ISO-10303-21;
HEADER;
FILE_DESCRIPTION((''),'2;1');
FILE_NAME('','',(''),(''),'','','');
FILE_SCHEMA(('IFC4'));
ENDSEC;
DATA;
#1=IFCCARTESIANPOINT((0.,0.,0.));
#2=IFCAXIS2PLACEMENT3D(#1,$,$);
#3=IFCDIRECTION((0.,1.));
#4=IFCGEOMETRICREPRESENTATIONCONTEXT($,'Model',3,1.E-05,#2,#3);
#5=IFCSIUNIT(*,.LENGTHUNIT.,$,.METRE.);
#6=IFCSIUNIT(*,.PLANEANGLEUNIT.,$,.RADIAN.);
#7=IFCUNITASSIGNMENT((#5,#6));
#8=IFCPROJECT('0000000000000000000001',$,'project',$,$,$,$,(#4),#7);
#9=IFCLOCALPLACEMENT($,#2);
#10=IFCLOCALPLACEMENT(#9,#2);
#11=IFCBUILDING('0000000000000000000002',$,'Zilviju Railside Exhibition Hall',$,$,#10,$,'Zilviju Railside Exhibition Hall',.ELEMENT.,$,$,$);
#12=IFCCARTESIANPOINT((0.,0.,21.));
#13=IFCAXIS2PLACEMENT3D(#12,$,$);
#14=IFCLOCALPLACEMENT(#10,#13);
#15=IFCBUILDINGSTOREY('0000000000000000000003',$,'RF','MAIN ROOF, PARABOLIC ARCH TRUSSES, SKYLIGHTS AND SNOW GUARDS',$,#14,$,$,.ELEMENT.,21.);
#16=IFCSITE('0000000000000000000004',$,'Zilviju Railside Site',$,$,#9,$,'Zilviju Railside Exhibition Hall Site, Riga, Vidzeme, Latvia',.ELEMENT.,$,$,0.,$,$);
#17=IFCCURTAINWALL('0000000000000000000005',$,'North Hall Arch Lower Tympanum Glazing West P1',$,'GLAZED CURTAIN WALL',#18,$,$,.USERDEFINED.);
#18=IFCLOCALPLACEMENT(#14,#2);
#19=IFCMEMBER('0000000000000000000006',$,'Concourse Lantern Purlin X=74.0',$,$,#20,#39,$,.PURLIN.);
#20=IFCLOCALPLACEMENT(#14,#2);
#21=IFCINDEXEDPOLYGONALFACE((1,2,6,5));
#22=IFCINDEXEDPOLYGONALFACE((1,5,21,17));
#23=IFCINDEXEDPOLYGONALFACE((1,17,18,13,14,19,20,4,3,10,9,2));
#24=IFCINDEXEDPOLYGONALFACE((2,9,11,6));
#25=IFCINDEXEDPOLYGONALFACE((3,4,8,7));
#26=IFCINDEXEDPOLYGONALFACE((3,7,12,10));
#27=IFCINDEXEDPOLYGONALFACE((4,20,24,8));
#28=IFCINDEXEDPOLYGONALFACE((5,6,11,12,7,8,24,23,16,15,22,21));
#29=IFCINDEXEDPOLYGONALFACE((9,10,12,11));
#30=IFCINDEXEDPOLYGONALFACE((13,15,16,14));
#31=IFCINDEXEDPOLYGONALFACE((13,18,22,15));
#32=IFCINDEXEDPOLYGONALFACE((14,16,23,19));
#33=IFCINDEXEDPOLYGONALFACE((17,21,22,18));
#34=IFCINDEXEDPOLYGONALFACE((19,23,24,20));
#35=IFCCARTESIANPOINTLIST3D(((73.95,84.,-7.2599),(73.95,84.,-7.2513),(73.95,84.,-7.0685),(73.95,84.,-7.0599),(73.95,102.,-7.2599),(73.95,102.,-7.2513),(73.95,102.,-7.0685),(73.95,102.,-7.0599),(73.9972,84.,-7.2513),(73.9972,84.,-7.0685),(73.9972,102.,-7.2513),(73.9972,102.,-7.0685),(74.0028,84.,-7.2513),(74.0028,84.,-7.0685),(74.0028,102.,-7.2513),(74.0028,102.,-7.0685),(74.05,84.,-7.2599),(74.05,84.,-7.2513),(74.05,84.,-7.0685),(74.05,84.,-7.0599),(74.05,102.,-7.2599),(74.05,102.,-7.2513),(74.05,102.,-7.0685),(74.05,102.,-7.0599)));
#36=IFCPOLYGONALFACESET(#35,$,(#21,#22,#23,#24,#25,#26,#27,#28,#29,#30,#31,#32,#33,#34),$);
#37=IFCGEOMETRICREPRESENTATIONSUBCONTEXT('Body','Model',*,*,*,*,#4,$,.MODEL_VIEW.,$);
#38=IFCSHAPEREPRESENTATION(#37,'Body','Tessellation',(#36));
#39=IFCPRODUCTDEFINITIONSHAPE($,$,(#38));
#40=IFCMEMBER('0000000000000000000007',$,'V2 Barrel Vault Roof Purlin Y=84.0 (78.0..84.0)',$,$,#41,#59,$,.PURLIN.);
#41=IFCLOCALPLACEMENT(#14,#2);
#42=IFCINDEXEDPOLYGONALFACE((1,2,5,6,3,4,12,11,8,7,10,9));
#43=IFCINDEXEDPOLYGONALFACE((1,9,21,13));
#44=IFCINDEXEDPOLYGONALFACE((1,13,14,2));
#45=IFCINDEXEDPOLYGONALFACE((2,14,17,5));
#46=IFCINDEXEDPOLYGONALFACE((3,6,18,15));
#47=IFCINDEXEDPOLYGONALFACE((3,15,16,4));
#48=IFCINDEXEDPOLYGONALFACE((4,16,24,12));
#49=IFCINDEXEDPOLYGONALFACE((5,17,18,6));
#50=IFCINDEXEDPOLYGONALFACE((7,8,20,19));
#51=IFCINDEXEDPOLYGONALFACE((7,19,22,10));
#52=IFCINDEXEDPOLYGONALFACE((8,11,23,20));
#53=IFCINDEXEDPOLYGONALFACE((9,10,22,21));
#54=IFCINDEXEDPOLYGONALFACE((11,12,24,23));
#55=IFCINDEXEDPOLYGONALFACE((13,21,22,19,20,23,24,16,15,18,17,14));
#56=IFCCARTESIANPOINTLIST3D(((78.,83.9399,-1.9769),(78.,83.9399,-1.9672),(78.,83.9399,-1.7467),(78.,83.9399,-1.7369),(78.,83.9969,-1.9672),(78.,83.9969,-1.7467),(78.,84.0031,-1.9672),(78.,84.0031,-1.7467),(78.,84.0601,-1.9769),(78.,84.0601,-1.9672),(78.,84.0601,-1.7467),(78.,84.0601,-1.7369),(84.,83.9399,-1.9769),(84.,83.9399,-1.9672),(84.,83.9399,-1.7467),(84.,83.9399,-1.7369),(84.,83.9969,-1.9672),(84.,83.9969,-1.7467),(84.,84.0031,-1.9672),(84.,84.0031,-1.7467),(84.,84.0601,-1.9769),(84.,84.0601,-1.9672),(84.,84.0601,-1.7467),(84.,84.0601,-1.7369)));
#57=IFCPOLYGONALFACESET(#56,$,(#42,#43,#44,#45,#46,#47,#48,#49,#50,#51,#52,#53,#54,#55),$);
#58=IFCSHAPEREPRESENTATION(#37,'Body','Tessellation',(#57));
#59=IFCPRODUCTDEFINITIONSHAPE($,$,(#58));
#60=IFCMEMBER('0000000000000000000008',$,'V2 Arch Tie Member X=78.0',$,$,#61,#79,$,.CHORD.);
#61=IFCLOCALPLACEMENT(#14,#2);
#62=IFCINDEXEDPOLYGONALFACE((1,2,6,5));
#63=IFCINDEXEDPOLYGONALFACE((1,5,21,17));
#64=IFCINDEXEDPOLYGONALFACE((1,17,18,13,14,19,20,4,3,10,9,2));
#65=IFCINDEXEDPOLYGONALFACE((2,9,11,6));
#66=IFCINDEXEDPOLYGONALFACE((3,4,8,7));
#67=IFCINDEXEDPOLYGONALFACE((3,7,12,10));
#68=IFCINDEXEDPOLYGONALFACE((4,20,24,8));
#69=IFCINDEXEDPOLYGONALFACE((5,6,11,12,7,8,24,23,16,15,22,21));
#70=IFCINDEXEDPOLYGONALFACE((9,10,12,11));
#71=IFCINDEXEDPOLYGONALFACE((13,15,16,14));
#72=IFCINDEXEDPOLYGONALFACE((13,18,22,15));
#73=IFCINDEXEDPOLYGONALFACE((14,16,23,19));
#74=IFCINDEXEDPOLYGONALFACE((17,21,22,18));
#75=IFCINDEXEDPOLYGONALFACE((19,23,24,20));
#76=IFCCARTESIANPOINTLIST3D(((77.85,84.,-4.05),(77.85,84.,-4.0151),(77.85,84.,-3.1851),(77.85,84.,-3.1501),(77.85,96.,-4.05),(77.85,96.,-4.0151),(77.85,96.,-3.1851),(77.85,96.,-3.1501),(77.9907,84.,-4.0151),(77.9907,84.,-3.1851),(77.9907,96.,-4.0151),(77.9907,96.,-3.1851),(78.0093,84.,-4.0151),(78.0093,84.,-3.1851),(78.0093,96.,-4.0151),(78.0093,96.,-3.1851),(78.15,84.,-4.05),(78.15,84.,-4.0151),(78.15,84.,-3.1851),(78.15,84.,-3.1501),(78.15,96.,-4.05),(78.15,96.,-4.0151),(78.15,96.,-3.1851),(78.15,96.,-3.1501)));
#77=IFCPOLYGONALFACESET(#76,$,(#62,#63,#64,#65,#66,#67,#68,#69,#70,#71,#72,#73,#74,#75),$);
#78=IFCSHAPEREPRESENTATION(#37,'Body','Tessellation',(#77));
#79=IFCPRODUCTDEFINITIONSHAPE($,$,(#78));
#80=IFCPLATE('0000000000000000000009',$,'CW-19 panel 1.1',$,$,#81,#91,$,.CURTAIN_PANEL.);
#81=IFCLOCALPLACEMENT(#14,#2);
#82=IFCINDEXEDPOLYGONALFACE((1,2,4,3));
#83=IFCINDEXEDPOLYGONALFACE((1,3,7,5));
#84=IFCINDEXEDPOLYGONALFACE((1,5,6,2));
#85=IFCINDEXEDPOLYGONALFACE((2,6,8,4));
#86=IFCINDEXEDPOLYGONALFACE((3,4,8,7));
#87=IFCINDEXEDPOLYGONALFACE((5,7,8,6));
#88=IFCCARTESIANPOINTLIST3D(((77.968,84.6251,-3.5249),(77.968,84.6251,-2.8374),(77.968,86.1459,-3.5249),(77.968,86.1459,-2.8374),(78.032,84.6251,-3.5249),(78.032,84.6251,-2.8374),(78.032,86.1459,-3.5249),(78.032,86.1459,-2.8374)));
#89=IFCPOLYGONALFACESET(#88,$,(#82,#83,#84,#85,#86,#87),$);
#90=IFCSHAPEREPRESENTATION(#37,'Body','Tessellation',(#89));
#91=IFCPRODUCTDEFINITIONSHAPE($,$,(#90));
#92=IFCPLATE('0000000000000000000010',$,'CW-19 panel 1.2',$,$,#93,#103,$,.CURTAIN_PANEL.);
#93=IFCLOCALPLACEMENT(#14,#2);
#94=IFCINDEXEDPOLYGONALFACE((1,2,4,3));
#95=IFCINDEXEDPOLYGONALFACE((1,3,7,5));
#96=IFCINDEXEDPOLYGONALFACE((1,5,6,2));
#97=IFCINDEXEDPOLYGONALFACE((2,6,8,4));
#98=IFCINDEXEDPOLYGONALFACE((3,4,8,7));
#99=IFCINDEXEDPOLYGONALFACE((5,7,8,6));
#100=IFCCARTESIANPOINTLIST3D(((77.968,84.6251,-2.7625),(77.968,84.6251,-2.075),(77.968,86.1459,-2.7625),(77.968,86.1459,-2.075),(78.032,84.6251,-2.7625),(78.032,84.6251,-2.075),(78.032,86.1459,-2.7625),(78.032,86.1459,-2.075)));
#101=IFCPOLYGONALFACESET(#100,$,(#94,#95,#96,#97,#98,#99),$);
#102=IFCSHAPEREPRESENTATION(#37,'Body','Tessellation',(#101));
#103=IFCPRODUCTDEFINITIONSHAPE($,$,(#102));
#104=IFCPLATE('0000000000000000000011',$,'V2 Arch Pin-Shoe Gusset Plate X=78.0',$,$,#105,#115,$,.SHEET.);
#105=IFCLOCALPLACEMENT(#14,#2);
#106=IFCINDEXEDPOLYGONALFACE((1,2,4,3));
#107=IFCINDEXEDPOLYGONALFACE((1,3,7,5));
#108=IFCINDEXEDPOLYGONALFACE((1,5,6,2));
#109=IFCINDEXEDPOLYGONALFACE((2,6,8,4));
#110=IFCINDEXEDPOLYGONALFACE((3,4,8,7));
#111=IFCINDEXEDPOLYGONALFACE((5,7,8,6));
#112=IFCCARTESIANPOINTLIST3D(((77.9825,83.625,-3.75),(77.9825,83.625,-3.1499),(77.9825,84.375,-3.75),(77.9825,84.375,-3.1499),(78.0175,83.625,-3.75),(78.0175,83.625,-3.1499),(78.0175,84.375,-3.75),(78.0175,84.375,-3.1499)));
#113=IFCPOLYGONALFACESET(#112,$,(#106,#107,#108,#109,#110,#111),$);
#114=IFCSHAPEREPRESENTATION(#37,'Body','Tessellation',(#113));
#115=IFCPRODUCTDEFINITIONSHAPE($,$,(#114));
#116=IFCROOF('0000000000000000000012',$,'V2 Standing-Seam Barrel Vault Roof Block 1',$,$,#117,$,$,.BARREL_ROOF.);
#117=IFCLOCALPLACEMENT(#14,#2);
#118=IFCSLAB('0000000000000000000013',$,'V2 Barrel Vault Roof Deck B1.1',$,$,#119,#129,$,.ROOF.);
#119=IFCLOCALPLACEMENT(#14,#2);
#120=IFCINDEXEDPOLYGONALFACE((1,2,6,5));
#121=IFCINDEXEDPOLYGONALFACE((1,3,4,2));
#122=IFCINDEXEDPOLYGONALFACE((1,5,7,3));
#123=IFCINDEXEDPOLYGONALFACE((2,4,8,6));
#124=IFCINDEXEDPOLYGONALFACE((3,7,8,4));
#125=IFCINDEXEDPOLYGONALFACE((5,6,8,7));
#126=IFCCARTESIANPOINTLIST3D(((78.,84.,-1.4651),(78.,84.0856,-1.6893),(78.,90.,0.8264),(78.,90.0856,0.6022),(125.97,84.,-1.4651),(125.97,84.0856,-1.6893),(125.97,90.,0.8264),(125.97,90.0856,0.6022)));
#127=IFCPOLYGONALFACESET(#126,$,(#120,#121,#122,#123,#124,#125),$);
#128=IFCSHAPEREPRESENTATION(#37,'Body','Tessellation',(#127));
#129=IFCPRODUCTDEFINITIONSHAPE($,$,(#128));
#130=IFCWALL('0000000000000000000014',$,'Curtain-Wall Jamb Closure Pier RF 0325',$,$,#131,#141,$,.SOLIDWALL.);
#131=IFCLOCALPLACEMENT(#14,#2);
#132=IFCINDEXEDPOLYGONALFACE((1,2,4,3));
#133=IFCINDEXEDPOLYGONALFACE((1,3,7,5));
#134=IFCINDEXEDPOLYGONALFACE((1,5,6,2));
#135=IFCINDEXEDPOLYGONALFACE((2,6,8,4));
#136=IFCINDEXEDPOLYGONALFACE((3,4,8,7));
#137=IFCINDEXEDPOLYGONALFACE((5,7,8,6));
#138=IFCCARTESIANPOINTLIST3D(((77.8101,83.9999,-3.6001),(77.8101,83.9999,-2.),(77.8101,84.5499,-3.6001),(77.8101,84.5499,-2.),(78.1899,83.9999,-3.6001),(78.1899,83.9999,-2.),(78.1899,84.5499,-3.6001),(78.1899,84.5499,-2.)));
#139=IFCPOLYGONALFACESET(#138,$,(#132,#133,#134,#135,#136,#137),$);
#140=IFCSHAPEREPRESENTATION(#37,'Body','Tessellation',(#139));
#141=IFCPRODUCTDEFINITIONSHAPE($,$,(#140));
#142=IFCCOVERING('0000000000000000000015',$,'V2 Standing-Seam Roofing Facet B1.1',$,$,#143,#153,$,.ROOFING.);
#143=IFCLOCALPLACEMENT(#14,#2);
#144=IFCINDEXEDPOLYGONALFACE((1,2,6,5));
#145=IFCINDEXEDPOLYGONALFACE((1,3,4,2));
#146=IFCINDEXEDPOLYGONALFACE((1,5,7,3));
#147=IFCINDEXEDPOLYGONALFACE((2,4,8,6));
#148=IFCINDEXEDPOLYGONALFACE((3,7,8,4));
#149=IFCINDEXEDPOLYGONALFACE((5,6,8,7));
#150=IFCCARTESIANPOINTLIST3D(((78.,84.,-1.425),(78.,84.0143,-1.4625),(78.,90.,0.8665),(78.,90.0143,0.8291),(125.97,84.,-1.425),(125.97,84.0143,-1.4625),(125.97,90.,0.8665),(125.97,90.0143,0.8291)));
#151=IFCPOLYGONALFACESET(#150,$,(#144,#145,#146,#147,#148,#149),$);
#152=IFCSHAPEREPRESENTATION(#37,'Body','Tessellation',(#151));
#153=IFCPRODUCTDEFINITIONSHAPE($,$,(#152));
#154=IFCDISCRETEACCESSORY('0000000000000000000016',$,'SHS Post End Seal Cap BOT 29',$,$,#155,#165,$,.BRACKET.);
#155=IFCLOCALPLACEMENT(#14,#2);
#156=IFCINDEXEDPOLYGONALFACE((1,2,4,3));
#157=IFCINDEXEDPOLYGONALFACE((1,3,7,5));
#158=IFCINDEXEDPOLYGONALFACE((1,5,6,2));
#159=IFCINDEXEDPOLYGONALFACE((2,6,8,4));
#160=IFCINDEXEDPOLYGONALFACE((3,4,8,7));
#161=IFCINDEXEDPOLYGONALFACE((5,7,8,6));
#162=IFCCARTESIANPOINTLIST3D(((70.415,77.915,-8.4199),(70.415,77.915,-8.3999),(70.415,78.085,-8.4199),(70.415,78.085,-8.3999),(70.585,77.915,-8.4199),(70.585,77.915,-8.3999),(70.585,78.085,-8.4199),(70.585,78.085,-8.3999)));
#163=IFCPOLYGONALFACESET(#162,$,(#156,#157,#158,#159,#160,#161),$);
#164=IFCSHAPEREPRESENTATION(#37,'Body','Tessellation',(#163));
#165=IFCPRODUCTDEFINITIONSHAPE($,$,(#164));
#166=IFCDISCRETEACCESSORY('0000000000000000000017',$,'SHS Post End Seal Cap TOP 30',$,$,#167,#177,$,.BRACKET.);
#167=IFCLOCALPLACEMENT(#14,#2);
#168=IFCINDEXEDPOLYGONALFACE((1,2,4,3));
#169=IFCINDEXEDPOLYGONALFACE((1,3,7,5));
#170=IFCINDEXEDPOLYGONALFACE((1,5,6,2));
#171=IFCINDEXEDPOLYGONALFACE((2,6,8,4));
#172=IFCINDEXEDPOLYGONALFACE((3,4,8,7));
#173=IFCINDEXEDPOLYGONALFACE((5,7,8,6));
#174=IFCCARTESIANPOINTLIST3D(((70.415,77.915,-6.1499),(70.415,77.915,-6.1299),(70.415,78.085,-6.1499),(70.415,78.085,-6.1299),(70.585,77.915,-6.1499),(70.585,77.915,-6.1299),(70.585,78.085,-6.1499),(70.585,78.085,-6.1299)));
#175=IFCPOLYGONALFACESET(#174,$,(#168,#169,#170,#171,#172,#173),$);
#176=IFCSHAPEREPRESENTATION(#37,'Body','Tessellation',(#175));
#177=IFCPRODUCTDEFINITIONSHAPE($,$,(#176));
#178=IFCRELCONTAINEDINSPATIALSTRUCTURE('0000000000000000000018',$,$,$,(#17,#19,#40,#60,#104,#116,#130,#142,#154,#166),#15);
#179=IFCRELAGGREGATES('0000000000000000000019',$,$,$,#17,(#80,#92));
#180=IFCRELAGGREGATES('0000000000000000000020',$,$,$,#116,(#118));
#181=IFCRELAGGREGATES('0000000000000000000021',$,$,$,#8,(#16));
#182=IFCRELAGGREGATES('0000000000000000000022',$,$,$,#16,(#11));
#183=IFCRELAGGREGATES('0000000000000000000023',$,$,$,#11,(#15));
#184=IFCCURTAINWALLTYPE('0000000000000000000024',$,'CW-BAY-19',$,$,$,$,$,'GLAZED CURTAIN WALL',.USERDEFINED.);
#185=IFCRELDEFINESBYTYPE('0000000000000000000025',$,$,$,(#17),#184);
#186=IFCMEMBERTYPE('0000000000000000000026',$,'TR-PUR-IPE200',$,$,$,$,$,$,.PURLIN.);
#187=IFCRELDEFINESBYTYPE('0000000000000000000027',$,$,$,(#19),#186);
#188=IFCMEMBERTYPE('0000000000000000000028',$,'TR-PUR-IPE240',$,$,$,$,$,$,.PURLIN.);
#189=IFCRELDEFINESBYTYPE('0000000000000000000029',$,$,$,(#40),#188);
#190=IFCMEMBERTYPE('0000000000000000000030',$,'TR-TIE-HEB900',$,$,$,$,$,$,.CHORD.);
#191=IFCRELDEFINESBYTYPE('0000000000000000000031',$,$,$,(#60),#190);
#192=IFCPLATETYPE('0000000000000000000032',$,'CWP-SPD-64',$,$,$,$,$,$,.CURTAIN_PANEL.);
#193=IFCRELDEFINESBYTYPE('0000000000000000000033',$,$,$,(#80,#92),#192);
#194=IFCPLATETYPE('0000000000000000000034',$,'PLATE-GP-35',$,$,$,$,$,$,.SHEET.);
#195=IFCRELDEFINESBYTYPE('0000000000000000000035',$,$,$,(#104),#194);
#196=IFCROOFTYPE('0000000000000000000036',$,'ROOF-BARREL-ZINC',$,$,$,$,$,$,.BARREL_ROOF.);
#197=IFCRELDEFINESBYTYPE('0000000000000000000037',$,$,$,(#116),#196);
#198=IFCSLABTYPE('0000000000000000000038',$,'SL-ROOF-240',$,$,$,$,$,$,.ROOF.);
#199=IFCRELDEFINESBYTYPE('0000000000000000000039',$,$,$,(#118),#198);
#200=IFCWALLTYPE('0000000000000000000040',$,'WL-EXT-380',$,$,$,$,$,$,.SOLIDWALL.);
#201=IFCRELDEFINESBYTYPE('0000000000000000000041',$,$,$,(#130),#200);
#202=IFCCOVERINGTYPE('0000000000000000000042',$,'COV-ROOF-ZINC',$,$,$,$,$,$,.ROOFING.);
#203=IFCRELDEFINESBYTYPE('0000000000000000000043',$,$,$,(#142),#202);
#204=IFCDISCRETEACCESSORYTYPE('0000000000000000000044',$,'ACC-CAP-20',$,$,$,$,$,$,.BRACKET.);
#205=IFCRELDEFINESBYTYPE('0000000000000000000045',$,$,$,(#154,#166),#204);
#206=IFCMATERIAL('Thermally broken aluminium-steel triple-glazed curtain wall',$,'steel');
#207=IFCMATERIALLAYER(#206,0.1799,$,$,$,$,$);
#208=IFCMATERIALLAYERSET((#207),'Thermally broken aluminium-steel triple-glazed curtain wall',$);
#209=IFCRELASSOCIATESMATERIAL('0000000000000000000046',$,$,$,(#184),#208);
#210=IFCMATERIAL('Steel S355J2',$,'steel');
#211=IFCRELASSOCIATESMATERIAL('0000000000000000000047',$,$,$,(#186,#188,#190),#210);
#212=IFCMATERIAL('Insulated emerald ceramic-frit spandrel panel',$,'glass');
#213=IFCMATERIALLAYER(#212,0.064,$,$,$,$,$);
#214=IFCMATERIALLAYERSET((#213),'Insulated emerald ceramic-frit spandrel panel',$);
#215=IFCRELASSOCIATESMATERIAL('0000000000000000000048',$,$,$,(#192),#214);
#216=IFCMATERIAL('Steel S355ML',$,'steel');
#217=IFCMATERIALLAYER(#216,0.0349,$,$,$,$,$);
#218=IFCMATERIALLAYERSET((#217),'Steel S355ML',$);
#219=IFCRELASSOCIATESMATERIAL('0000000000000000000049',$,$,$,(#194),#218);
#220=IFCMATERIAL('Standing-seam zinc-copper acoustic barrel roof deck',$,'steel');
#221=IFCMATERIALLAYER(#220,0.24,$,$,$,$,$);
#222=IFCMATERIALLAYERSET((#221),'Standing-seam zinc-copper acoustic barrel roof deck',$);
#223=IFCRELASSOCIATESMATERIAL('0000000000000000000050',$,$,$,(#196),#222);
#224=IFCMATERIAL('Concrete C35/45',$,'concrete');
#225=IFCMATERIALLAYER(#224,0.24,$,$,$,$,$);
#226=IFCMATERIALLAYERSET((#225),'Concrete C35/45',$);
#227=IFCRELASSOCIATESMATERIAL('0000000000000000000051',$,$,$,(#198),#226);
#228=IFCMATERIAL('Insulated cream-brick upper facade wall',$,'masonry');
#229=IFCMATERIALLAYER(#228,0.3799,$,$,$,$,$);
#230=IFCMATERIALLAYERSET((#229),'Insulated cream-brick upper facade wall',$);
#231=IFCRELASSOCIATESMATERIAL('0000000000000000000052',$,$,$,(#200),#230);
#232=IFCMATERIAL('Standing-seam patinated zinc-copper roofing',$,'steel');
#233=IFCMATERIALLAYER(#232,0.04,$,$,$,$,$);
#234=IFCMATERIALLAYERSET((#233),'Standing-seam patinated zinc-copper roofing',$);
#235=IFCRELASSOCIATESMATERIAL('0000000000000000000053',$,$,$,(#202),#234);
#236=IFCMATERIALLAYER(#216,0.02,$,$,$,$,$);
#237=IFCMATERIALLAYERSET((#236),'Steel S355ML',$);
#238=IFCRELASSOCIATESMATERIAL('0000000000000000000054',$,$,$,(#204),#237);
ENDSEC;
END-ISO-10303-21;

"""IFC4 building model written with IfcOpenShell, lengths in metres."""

from ifc_helpers import new_model, si_unit, direction, frame, frame_2d, origin, origin_2d, place, context, subcontext, project, spatial, polyline, rectangle, i_section, outline, extrude, material, layer, layer_set, material_profile, profile_set, type_object, element, aggregate, save


model = new_model("IFC4")

# Units and contexts
model_context = context("Model", 3, precision=1e-05, world=origin(), true_north=direction((0.0, 1.0)))
body_context = subcontext(model_context, "Body", "Model", "MODEL_VIEW")
ifc_project = project(units=[si_unit("LENGTHUNIT", "METRE"), si_unit("PLANEANGLEUNIT", "RADIAN")], contexts=[model_context])

# Site, building, storey
site_placement = place(None, origin())
site = spatial("IfcSite", under=ifc_project, at=site_placement, Name="Zilviju Railside Site", LongName="Zilviju Railside Exhibition Hall Site, Riga, Vidzeme, Latvia", CompositionType="ELEMENT", RefElevation=0.0)
building_placement = place(site_placement, origin())
building = spatial("IfcBuilding", under=site, at=building_placement, Name="Zilviju Railside Exhibition Hall", LongName="Zilviju Railside Exhibition Hall", CompositionType="ELEMENT")
storey_placement = place(building_placement, frame((0.0, 0.0, 21.0)))
storey = spatial("IfcBuildingStorey", under=building, at=storey_placement, Name="RF", Description="MAIN ROOF, PARABOLIC ARCH TRUSSES, SKYLIGHTS AND SNOW GUARDS", CompositionType="ELEMENT", Elevation=21.0)

# Curtain wall
ifc_material_1 = material(Name="Thermally broken aluminium-steel triple-glazed curtain wall", Category="steel")
ifc_layer_1 = layer(ifc_material_1, 0.1799)
ifc_layer_set_1 = layer_set([ifc_layer_1], Name="Thermally broken aluminium-steel triple-glazed curtain wall")
curtain_wall_type = type_object("IfcCurtainWallType", Name="CW-BAY-19", ElementType="GLAZED CURTAIN WALL", PredefinedType="USERDEFINED", material=ifc_layer_set_1)
curtain_wall_placement = place(storey_placement, origin())
curtain_wall = element("IfcCurtainWall", 1, at=curtain_wall_placement, inside=storey, type_object=curtain_wall_type, Name="North Hall Arch Lower Tympanum Glazing West P1", ObjectType="GLAZED CURTAIN WALL", PredefinedType="USERDEFINED")

# Members
ifc_material_2 = material(Name="Steel S355J2", Category="steel")
ifc_material_3 = material(Name="Steel S355ML", Category="steel")
ifc_material_profile_1 = material_profile(ifc_material_2, i_section(OverallWidth=0.1001, OverallDepth=0.2, WebThickness=0.0056, FlangeThickness=0.0085, at=origin_2d()), Name="IPE 200")
ifc_profile_set_1 = profile_set([ifc_material_profile_1], Name="Steel S355J2")
member_type_1 = type_object("IfcMemberType", Name="TR-PUR-IPE200", PredefinedType="PURLIN", material=ifc_profile_set_1)
member_1_placement = place(storey_placement, frame((74.0, 84.0, -7.1599), z_axis=(0.0, 1.0, 0.0), x_axis=(-1.0, 0.0, 0.0)))
element("IfcMember", 2, at=member_1_placement, inside=storey, type_object=member_type_1, Name="Concourse Lantern Purlin X=74.0", PredefinedType="PURLIN", context=body_context, shape_type="SweptSolid", body=[
    extrude(i_section(OverallWidth=0.1001, OverallDepth=0.2, WebThickness=0.0056, FlangeThickness=0.0085, at=origin_2d()), origin(), (0.0, 0.0, 1.0), 18.0),
])
ifc_material_profile_2 = material_profile(ifc_material_2, i_section(OverallWidth=0.1201, OverallDepth=0.24, WebThickness=0.0061, FlangeThickness=0.0098, at=origin_2d()), Name="IPE 240")
ifc_profile_set_2 = profile_set([ifc_material_profile_2], Name="Steel S355J2")
member_type_2 = type_object("IfcMemberType", Name="TR-PUR-IPE240", PredefinedType="PURLIN", material=ifc_profile_set_2)
member_2_placement = place(storey_placement, frame((78.0, 84.0, -1.8569), z_axis=(1.0, 0.0, 0.0), x_axis=(0.0, 1.0, 0.0)))
element("IfcMember", 3, at=member_2_placement, inside=storey, type_object=member_type_2, Name="V2 Barrel Vault Roof Purlin Y=84.0 (78.0..84.0)", PredefinedType="PURLIN", context=body_context, shape_type="SweptSolid", body=[
    extrude(i_section(OverallWidth=0.1201, OverallDepth=0.24, WebThickness=0.0061, FlangeThickness=0.0098, at=origin_2d()), origin(), (0.0, 0.0, 1.0), 6.0),
])
ifc_material_profile_3 = material_profile(ifc_material_2, i_section(OverallWidth=0.3, OverallDepth=0.8999, WebThickness=0.0186, FlangeThickness=0.0349, at=origin_2d()), Name="HEB 900")
ifc_profile_set_3 = profile_set([ifc_material_profile_3], Name="Steel S355J2")
member_type_3 = type_object("IfcMemberType", Name="TR-TIE-HEB900", PredefinedType="CHORD", material=ifc_profile_set_3)
member_3_placement = place(storey_placement, frame((78.0, 84.0, -3.6001), z_axis=(0.0, 1.0, 0.0), x_axis=(-1.0, 0.0, 0.0)))
element("IfcMember", 4, at=member_3_placement, inside=storey, type_object=member_type_3, Name="V2 Arch Tie Member X=78.0", PredefinedType="CHORD", context=body_context, shape_type="SweptSolid", body=[
    extrude(i_section(OverallWidth=0.3, OverallDepth=0.8999, WebThickness=0.0186, FlangeThickness=0.0349, at=origin_2d()), origin(), (0.0, 0.0, 1.0), 12.0),
])

# Plates
ifc_material_4 = material(Name="Insulated emerald ceramic-frit spandrel panel", Category="glass")
ifc_layer_2 = layer(ifc_material_4, 0.064)
ifc_layer_set_2 = layer_set([ifc_layer_2], Name="Insulated emerald ceramic-frit spandrel panel")
plate_type_1 = type_object("IfcPlateType", Name="CWP-SPD-64", PredefinedType="CURTAIN_PANEL", material=ifc_layer_set_2)
plate_1_placement = place(storey_placement, frame((78.0, 85.3855, -3.5249), z_axis=(0.0, 0.0, 1.0), x_axis=(0.0, 1.0, 0.0)))
plate_1 = element("IfcPlate", 5, at=plate_1_placement, type_object=plate_type_1, Name="CW-19 panel 1.1", PredefinedType="CURTAIN_PANEL", context=body_context, shape_type="SweptSolid", body=[
    extrude(rectangle(XDim=1.5208, YDim=0.064, at=origin_2d()), origin(), (0.0, 0.0, 1.0), 0.6875),
])
plate_2_placement = place(storey_placement, frame((78.0, 85.3855, -2.7625), z_axis=(0.0, 0.0, 1.0), x_axis=(0.0, 1.0, 0.0)))
plate_2 = element("IfcPlate", 6, at=plate_2_placement, type_object=plate_type_1, Name="CW-19 panel 1.2", PredefinedType="CURTAIN_PANEL", context=body_context, shape_type="SweptSolid", body=[
    extrude(rectangle(XDim=1.5208, YDim=0.064, at=origin_2d()), origin(), (0.0, 0.0, 1.0), 0.6875),
])
aggregate(curtain_wall, [plate_1, plate_2])
ifc_layer_3 = layer(ifc_material_3, 0.0349)
ifc_layer_set_3 = layer_set([ifc_layer_3], Name="Steel S355ML")
plate_type_2 = type_object("IfcPlateType", Name="PLATE-GP-35", PredefinedType="SHEET", material=ifc_layer_set_3)
plate_3_placement = place(storey_placement, frame((78.0, 84.0, -3.75), z_axis=(0.0, 0.0, 1.0), x_axis=(1.0, 0.0, 0.0)))
element("IfcPlate", 7, at=plate_3_placement, inside=storey, type_object=plate_type_2, Name="V2 Arch Pin-Shoe Gusset Plate X=78.0", PredefinedType="SHEET", context=body_context, shape_type="SweptSolid", body=[
    extrude(rectangle(XDim=0.0349, YDim=0.75, at=origin_2d()), origin(), (0.0, 0.0, 1.0), 0.6001),
])

# Roof, slab
ifc_material_5 = material(Name="Standing-seam zinc-copper acoustic barrel roof deck", Category="steel")
ifc_layer_4 = layer(ifc_material_5, 0.24)
ifc_layer_set_4 = layer_set([ifc_layer_4], Name="Standing-seam zinc-copper acoustic barrel roof deck")
roof_type = type_object("IfcRoofType", Name="ROOF-BARREL-ZINC", PredefinedType="BARREL_ROOF", material=ifc_layer_set_4)
roof_placement = place(storey_placement, origin())
roof = element("IfcRoof", 8, at=roof_placement, inside=storey, type_object=roof_type, Name="V2 Standing-Seam Barrel Vault Roof Block 1", PredefinedType="BARREL_ROOF")
ifc_material_6 = material(Name="Concrete C35/45", Category="concrete")
ifc_layer_5 = layer(ifc_material_6, 0.24)
ifc_layer_set_5 = layer_set([ifc_layer_5], Name="Concrete C35/45")
slab_type = type_object("IfcSlabType", Name="SL-ROOF-240", PredefinedType="ROOF", material=ifc_layer_set_5)
slab_placement = place(storey_placement, frame((78.0, 84.0, -1.4651), z_axis=(0.0, -0.356782, 0.934188), x_axis=(1.0, 0.0, 0.0)))
slab = element("IfcSlab", 9, at=slab_placement, type_object=slab_type, Name="V2 Barrel Vault Roof Deck B1.1", PredefinedType="ROOF", context=body_context, shape_type="SweptSolid", body=[
    extrude(outline(polyline([(0.0, 0.0), (47.97, 0.0), (47.97, 6.4227), (0.0, 6.4227), (0.0, 0.0)])), origin(), (0.0, 0.0, -1.0), 0.24),
])
aggregate(roof, [slab])

# Wall
ifc_material_7 = material(Name="Insulated cream-brick upper facade wall", Category="masonry")
ifc_layer_6 = layer(ifc_material_7, 0.3799)
ifc_layer_set_6 = layer_set([ifc_layer_6], Name="Insulated cream-brick upper facade wall")
wall_type = type_object("IfcWallType", Name="WL-EXT-380", PredefinedType="SOLIDWALL", material=ifc_layer_set_6)
wall_placement = place(storey_placement, frame((78.0, 84.0, -3.6001), z_axis=(0.0, 0.0, 1.0), x_axis=(0.0, 1.0, 0.0)))
element("IfcWall", 10, at=wall_placement, inside=storey, type_object=wall_type, Name="Curtain-Wall Jamb Closure Pier RF 0325", PredefinedType="SOLIDWALL", context=body_context, shape_type="SweptSolid", body=[
    extrude(rectangle(XDim=0.55, YDim=0.3799, at=frame_2d((0.2749, 0.0))), origin(), (0.0, 0.0, 1.0), 1.6001),
])

# Covering
ifc_material_8 = material(Name="Standing-seam patinated zinc-copper roofing", Category="steel")
ifc_layer_7 = layer(ifc_material_8, 0.04)
ifc_layer_set_7 = layer_set([ifc_layer_7], Name="Standing-seam patinated zinc-copper roofing")
covering_type = type_object("IfcCoveringType", Name="COV-ROOF-ZINC", PredefinedType="ROOFING", material=ifc_layer_set_7)
covering_placement = place(storey_placement, frame((78.0, 84.0, -1.425), z_axis=(0.0, -0.356782, 0.934188), x_axis=(1.0, 0.0, 0.0)))
element("IfcCovering", 11, at=covering_placement, inside=storey, type_object=covering_type, Name="V2 Standing-Seam Roofing Facet B1.1", PredefinedType="ROOFING", context=body_context, shape_type="SweptSolid", body=[
    extrude(outline(polyline([(0.0, 0.0), (47.97, 0.0), (47.97, 6.4227), (0.0, 6.4227), (0.0, 0.0)])), origin(), (0.0, 0.0, -1.0), 0.04),
])

# Discrete accessories
ifc_layer_8 = layer(ifc_material_3, 0.02)
ifc_layer_set_8 = layer_set([ifc_layer_8], Name="Steel S355ML")
discrete_accessory_type = type_object("IfcDiscreteAccessoryType", Name="ACC-CAP-20", PredefinedType="BRACKET", material=ifc_layer_set_8)
for number, where, z_axis, x_axis, name in (
    (12, (70.5, 78.0, -8.4199), (0.0, 0.0, 1.0), (1.0, 0.0, 0.0), "SHS Post End Seal Cap BOT 29"),
    (13, (70.5, 78.0, -6.1499), (0.0, 0.0, 1.0), (1.0, 0.0, 0.0), "SHS Post End Seal Cap TOP 30"),
):
    element("IfcDiscreteAccessory", number, at=place(storey_placement, frame(where, z_axis=z_axis, x_axis=x_axis)), inside=storey, type_object=discrete_accessory_type, Name=name, PredefinedType="BRACKET", context=body_context, shape_type="SweptSolid", body=[
        extrude(rectangle(XDim=0.1699, YDim=0.1699, at=origin_2d()), origin(), (0.0, 0.0, 1.0), 0.02),
    ])

save(model, "model.ifc")
